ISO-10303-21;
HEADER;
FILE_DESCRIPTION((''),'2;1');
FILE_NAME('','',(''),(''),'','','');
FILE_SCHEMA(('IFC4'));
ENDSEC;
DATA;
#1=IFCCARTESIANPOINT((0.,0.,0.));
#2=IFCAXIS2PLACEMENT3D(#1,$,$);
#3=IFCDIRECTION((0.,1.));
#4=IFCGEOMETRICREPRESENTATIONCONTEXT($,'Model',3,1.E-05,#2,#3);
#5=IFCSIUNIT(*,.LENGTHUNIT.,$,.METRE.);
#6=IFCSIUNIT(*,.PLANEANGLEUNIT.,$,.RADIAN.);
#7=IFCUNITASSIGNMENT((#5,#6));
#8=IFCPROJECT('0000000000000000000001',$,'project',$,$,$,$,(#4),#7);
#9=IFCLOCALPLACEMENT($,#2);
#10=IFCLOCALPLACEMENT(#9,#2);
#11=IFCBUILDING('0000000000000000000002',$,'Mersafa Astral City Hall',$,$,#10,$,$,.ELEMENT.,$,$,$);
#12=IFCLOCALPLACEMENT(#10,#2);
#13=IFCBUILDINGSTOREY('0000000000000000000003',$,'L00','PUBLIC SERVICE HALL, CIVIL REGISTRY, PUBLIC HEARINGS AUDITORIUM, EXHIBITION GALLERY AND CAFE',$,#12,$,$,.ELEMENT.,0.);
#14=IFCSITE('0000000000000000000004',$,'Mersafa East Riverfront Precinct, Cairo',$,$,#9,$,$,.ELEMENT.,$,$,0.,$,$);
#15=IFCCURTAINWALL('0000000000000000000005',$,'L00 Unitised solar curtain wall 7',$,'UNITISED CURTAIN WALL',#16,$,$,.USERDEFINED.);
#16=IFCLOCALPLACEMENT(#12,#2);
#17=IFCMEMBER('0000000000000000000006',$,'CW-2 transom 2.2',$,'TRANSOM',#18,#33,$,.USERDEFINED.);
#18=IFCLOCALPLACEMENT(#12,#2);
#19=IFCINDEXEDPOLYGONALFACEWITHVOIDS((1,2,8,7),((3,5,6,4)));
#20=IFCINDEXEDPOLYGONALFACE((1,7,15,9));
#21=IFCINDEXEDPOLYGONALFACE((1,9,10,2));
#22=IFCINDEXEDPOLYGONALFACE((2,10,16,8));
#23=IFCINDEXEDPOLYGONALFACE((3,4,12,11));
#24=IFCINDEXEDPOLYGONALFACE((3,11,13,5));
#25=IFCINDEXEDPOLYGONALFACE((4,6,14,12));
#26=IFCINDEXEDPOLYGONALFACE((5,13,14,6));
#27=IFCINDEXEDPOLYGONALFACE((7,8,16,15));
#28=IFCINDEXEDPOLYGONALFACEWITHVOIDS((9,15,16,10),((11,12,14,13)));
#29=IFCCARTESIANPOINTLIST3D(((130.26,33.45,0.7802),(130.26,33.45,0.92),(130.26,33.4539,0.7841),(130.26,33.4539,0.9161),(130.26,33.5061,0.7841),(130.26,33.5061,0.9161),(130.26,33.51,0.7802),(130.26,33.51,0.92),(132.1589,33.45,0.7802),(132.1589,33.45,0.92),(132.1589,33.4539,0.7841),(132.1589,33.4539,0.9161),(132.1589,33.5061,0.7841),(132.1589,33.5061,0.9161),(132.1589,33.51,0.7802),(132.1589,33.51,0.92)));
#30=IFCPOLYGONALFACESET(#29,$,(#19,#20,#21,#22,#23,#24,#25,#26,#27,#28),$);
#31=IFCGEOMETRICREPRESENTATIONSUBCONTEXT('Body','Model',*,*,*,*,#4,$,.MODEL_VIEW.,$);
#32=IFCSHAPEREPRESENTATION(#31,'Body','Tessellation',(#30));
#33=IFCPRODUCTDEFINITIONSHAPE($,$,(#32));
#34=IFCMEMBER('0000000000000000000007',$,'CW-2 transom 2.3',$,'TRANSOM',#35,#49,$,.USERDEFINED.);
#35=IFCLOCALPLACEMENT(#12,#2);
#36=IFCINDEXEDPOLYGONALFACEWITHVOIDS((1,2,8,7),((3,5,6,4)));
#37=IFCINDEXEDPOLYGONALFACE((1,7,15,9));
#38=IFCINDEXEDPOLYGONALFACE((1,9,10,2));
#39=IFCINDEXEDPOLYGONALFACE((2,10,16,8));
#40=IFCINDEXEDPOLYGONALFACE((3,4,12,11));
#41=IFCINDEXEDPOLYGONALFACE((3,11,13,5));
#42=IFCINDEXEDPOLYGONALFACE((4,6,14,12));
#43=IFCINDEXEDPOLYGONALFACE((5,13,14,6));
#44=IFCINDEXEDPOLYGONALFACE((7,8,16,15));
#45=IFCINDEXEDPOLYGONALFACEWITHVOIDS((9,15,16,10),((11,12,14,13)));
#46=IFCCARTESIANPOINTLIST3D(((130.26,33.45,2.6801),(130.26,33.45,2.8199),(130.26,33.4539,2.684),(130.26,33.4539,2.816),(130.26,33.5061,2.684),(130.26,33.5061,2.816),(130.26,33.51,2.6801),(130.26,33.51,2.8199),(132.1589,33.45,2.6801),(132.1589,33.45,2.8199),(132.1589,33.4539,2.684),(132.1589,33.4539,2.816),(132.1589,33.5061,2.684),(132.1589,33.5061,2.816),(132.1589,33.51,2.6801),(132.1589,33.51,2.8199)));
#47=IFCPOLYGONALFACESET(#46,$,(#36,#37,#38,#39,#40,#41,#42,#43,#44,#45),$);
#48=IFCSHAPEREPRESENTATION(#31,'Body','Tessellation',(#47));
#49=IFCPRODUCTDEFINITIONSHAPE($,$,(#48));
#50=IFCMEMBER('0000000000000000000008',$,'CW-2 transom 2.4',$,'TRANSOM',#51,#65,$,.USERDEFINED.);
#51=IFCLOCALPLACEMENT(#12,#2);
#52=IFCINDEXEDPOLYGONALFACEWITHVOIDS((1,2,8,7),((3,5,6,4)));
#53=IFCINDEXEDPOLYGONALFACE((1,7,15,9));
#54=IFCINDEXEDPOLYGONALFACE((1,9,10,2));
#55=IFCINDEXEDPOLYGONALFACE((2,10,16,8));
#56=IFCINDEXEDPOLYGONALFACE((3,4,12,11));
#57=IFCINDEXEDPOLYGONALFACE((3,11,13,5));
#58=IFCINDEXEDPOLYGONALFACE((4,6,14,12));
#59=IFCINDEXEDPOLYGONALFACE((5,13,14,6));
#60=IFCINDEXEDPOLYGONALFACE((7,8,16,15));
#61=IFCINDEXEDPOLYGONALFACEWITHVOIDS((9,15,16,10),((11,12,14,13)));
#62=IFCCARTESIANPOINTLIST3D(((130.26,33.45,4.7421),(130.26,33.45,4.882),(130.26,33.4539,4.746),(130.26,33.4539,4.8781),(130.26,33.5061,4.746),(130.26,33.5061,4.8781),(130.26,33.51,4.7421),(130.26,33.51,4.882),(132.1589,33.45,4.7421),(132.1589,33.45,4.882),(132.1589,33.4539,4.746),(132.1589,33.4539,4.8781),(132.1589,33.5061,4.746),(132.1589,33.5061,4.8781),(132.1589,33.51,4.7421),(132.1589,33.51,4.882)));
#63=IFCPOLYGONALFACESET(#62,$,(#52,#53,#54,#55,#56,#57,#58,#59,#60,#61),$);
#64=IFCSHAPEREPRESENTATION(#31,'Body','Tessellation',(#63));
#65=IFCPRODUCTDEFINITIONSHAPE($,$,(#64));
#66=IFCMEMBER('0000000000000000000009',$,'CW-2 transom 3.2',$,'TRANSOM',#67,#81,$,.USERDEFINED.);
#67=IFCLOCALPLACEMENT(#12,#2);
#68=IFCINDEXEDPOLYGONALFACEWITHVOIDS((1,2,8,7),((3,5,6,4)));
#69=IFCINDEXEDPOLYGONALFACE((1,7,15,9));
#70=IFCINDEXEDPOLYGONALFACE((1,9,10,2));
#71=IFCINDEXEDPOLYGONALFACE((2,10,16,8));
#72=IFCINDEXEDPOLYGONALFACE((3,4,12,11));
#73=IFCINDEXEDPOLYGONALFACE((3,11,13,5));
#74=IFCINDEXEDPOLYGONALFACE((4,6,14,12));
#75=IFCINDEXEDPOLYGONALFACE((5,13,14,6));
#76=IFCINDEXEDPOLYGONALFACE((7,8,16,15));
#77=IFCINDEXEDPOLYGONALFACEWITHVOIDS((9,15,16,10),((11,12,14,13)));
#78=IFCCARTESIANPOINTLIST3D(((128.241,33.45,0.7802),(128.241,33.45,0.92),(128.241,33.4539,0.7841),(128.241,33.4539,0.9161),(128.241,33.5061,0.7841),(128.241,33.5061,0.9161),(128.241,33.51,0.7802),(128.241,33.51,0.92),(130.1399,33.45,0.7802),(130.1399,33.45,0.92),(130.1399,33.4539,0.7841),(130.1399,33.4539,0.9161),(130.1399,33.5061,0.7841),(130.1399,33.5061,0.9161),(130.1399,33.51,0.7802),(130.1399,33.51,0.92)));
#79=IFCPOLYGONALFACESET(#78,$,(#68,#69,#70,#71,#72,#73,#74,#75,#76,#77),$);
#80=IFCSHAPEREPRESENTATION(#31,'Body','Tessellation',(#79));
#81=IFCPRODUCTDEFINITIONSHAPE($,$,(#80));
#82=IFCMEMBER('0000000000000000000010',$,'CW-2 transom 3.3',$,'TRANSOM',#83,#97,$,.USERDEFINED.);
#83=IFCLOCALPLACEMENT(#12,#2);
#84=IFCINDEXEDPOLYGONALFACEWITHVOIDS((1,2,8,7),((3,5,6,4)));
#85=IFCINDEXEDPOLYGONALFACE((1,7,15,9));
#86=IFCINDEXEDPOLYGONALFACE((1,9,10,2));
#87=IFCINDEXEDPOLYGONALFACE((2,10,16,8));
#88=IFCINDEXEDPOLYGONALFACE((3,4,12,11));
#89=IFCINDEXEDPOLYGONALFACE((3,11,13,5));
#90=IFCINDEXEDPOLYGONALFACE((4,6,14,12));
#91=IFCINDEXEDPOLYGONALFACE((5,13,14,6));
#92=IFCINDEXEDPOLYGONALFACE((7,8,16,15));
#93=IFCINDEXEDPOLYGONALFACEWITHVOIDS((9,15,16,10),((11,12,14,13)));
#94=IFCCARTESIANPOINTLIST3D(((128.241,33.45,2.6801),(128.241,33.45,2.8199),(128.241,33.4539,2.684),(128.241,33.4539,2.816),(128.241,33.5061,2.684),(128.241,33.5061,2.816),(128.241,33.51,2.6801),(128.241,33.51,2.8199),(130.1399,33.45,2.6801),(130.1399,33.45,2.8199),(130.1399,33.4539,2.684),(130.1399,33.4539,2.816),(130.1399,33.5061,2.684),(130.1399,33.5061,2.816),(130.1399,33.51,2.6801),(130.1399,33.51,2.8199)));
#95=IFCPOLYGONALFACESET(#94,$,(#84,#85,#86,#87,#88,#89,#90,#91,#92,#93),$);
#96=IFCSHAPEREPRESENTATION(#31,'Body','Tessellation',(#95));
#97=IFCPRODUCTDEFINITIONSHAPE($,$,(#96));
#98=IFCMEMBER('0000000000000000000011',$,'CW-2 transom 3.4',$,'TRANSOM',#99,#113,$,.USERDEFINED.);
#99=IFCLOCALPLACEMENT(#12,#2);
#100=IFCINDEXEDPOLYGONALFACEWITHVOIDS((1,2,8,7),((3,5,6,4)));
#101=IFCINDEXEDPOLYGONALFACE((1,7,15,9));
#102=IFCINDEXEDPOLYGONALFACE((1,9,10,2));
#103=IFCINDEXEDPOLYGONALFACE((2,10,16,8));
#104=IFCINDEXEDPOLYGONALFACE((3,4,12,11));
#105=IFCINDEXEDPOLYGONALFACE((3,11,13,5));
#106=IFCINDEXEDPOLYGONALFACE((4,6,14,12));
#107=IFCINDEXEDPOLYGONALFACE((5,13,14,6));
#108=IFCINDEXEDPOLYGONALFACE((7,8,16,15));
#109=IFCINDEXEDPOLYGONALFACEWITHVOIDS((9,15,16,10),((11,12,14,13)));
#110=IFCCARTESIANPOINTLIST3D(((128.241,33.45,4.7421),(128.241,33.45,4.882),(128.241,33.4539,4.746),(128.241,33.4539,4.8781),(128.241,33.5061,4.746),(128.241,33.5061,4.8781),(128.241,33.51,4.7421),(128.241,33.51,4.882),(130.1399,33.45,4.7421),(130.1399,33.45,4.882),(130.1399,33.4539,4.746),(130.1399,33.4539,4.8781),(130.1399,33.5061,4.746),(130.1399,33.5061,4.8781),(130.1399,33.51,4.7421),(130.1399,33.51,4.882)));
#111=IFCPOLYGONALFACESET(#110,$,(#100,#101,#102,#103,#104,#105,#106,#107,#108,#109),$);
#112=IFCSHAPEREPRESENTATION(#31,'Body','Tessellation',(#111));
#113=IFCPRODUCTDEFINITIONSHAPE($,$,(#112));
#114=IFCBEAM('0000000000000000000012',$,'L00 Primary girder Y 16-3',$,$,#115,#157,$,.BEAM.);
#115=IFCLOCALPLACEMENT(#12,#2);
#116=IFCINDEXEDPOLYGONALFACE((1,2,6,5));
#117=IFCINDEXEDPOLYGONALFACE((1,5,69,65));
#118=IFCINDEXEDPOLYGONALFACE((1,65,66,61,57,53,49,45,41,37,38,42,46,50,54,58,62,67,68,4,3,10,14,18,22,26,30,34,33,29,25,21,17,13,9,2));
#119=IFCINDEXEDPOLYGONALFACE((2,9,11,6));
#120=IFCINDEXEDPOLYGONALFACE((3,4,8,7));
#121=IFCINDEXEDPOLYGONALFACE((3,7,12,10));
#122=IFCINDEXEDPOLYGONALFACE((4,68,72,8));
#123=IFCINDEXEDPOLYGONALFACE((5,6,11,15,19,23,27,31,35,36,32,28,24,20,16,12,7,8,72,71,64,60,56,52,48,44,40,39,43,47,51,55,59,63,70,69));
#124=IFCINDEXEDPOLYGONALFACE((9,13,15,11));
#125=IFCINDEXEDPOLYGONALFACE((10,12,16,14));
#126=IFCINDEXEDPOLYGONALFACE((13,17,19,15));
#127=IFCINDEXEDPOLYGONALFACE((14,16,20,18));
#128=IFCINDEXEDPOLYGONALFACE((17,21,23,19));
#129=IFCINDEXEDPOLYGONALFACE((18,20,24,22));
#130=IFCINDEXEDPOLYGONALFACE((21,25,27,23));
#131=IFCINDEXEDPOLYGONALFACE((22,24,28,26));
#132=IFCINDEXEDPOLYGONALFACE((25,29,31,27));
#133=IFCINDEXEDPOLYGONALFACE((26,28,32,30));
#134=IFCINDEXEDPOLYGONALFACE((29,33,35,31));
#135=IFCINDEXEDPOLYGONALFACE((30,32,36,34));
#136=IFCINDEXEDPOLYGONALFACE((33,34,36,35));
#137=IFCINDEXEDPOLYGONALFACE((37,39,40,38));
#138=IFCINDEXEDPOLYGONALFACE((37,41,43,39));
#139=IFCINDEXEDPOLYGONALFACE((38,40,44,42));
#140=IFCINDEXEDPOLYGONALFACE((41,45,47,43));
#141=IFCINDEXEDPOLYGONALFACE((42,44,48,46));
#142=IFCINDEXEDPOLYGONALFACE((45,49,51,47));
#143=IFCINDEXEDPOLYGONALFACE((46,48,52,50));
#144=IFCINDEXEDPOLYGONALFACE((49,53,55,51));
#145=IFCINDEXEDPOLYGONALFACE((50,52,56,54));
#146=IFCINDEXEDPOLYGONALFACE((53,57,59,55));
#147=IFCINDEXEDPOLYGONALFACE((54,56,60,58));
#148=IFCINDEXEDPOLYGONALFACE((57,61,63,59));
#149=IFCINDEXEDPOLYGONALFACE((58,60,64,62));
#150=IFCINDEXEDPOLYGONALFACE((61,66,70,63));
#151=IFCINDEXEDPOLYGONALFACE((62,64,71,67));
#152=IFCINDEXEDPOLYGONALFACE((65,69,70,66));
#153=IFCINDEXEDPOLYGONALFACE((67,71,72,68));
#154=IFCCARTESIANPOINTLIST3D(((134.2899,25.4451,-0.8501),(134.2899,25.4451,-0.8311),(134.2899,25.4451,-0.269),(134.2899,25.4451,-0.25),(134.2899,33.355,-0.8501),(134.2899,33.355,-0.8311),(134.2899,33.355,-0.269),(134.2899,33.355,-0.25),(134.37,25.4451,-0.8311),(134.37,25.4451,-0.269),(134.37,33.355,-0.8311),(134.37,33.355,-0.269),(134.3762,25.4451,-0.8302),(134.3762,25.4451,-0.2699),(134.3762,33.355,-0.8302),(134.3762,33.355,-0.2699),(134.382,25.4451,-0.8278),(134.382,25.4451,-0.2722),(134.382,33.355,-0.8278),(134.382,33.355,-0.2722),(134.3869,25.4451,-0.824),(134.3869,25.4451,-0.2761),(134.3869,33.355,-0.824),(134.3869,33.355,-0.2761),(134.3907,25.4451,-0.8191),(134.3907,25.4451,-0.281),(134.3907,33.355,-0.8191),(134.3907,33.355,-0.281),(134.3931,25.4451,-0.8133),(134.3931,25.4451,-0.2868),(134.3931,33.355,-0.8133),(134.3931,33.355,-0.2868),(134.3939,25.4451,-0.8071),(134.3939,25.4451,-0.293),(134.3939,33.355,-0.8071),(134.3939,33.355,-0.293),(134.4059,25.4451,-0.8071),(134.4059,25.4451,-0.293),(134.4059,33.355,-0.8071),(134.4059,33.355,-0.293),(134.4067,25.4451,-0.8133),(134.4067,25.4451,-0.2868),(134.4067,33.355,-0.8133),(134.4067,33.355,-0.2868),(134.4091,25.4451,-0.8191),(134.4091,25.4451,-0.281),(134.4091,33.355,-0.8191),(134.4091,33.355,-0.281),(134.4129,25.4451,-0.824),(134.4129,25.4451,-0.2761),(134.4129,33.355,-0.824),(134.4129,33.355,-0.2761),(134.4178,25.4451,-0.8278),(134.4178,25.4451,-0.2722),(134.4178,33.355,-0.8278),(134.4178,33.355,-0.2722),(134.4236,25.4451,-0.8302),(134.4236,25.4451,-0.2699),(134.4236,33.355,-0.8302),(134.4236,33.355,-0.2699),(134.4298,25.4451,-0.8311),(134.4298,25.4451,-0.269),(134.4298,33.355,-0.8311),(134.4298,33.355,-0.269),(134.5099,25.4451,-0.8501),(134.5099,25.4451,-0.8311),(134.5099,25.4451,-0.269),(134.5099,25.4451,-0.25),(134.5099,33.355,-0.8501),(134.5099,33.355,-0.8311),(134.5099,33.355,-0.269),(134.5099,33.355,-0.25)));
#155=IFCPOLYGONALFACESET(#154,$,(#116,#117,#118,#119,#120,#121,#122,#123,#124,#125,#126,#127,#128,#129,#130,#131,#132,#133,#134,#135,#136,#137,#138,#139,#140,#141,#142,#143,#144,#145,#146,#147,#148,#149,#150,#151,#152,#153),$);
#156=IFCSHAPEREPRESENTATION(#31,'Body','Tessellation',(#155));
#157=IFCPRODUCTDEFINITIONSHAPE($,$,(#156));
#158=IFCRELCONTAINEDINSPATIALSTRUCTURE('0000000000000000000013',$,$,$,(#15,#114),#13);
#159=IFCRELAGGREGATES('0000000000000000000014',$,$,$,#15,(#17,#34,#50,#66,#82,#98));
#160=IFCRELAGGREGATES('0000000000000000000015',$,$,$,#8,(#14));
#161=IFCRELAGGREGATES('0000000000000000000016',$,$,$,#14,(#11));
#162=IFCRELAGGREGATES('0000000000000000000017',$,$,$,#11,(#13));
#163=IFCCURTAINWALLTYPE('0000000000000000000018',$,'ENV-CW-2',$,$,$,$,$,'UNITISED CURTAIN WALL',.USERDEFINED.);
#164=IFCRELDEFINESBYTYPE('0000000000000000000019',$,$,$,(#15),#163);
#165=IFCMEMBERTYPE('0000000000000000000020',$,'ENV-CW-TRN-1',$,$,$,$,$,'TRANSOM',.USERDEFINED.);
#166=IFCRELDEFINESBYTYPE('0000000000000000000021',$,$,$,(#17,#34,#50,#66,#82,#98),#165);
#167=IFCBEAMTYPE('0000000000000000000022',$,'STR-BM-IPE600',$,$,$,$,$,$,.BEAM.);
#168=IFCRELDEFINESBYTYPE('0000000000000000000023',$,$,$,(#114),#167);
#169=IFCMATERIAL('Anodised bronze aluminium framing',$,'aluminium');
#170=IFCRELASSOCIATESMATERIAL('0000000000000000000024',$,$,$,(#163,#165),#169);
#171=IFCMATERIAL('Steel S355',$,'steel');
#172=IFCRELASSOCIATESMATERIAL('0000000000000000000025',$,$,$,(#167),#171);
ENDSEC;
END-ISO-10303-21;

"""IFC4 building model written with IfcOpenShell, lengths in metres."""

from ifc_helpers import new_model, si_unit, direction, frame, origin, origin_2d, place, context, subcontext, project, spatial, hollow_rectangle, i_section, extrude, material, material_profile, profile_set, type_object, element, aggregate, save


model = new_model("IFC4")

# Units and contexts
model_context = context("Model", 3, precision=1e-05, world=origin(), true_north=direction((0.0, 1.0)))
body_context = subcontext(model_context, "Body", "Model", "MODEL_VIEW")
ifc_project = project(units=[si_unit("LENGTHUNIT", "METRE"), si_unit("PLANEANGLEUNIT", "RADIAN")], contexts=[model_context])

# Site, building, storey
site_placement = place(None, origin())
site = spatial("IfcSite", under=ifc_project, at=site_placement, Name="Mersafa East Riverfront Precinct, Cairo", CompositionType="ELEMENT", RefElevation=0.0)
building_placement = place(site_placement, origin())
building = spatial("IfcBuilding", under=site, at=building_placement, Name="Mersafa Astral City Hall", CompositionType="ELEMENT")
storey_placement = place(building_placement, origin())
storey = spatial("IfcBuildingStorey", under=building, at=storey_placement, Name="L00", Description="PUBLIC SERVICE HALL, CIVIL REGISTRY, PUBLIC HEARINGS AUDITORIUM, EXHIBITION GALLERY AND CAFE", CompositionType="ELEMENT", Elevation=0.0)

# Shared definitions
ifc_material_1 = material(Name="Steel S355", Category="steel")

# Curtain wall, members
ifc_material_2 = material(Name="Anodised bronze aluminium framing", Category="aluminium")
curtain_wall_type = type_object("IfcCurtainWallType", Name="ENV-CW-2", ElementType="UNITISED CURTAIN WALL", PredefinedType="USERDEFINED", material=ifc_material_2)
curtain_wall_placement = place(storey_placement, origin())
curtain_wall = element("IfcCurtainWall", 1, at=curtain_wall_placement, inside=storey, type_object=curtain_wall_type, Name="L00 Unitised solar curtain wall 7", ObjectType="UNITISED CURTAIN WALL", PredefinedType="USERDEFINED")
ifc_material_profile_1 = material_profile(ifc_material_2, hollow_rectangle(XDim=0.0601, YDim=0.1399, WallThickness=0.0039, at=origin_2d()), Name="RHS 60x140x4")
ifc_profile_set_1 = profile_set([ifc_material_profile_1], Name="Anodised bronze aluminium framing")
member_type_1 = type_object("IfcMemberType", Name="ENV-CW-TRN-1", ElementType="TRANSOM", PredefinedType="USERDEFINED", material=ifc_profile_set_1)
member_1_placement = place(storey_placement, frame((132.1589, 33.48, 0.8501), z_axis=(-1.0, 0.0, 0.0), x_axis=(0.0, -1.0, 0.0)))
member_1 = element("IfcMember", 2, at=member_1_placement, type_object=member_type_1, Name="CW-2 transom 2.2", ObjectType="TRANSOM", PredefinedType="USERDEFINED", context=body_context, shape_type="SweptSolid", body=[
    extrude(hollow_rectangle(XDim=0.0601, YDim=0.1399, WallThickness=0.0039, at=origin_2d()), origin(), (0.0, 0.0, 1.0), 1.8989),
])
member_2_placement = place(storey_placement, frame((132.1589, 33.48, 2.75), z_axis=(-1.0, 0.0, 0.0), x_axis=(0.0, -1.0, 0.0)))
member_2 = element("IfcMember", 3, at=member_2_placement, type_object=member_type_1, Name="CW-2 transom 2.3", ObjectType="TRANSOM", PredefinedType="USERDEFINED", context=body_context, shape_type="SweptSolid", body=[
    extrude(hollow_rectangle(XDim=0.0601, YDim=0.1399, WallThickness=0.0039, at=origin_2d()), origin(), (0.0, 0.0, 1.0), 1.8989),
])
member_3_placement = place(storey_placement, frame((132.1589, 33.48, 4.812), z_axis=(-1.0, 0.0, 0.0), x_axis=(0.0, -1.0, 0.0)))
member_3 = element("IfcMember", 4, at=member_3_placement, type_object=member_type_1, Name="CW-2 transom 2.4", ObjectType="TRANSOM", PredefinedType="USERDEFINED", context=body_context, shape_type="SweptSolid", body=[
    extrude(hollow_rectangle(XDim=0.0601, YDim=0.1399, WallThickness=0.0039, at=origin_2d()), origin(), (0.0, 0.0, 1.0), 1.8989),
])
member_4_placement = place(storey_placement, frame((130.1399, 33.48, 0.8501), z_axis=(-1.0, 0.0, 0.0), x_axis=(0.0, -1.0, 0.0)))
member_4 = element("IfcMember", 5, at=member_4_placement, type_object=member_type_1, Name="CW-2 transom 3.2", ObjectType="TRANSOM", PredefinedType="USERDEFINED", context=body_context, shape_type="SweptSolid", body=[
    extrude(hollow_rectangle(XDim=0.0601, YDim=0.1399, WallThickness=0.0039, at=origin_2d()), origin(), (0.0, 0.0, 1.0), 1.8989),
])
member_5_placement = place(storey_placement, frame((130.1399, 33.48, 2.75), z_axis=(-1.0, 0.0, 0.0), x_axis=(0.0, -1.0, 0.0)))
member_5 = element("IfcMember", 6, at=member_5_placement, type_object=member_type_1, Name="CW-2 transom 3.3", ObjectType="TRANSOM", PredefinedType="USERDEFINED", context=body_context, shape_type="SweptSolid", body=[
    extrude(hollow_rectangle(XDim=0.0601, YDim=0.1399, WallThickness=0.0039, at=origin_2d()), origin(), (0.0, 0.0, 1.0), 1.8989),
])
member_6_placement = place(storey_placement, frame((130.1399, 33.48, 4.812), z_axis=(-1.0, 0.0, 0.0), x_axis=(0.0, -1.0, 0.0)))
member_6 = element("IfcMember", 7, at=member_6_placement, type_object=member_type_1, Name="CW-2 transom 3.4", ObjectType="TRANSOM", PredefinedType="USERDEFINED", context=body_context, shape_type="SweptSolid", body=[
    extrude(hollow_rectangle(XDim=0.0601, YDim=0.1399, WallThickness=0.0039, at=origin_2d()), origin(), (0.0, 0.0, 1.0), 1.8989),
])

# Beam
ifc_material_profile_2 = material_profile(ifc_material_1, i_section(OverallWidth=0.22, OverallDepth=0.6001, WebThickness=0.012, FlangeThickness=0.019, FilletRadius=0.0239, at=origin_2d()), Name="IPE 600")
ifc_profile_set_2 = profile_set([ifc_material_profile_2], Name="Steel S355")
beam_type_1 = type_object("IfcBeamType", Name="STR-BM-IPE600", PredefinedType="BEAM", material=ifc_profile_set_2)
beam_1_placement = place(storey_placement, frame((134.3999, 25.4451, -0.55), z_axis=(0.0, 1.0, 0.0), x_axis=(-1.0, 0.0, 0.0)))
element("IfcBeam", 8, at=beam_1_placement, inside=storey, type_object=beam_type_1, Name="L00 Primary girder Y 16-3", PredefinedType="BEAM", context=body_context, shape_type="SweptSolid", body=[
    extrude(i_section(OverallWidth=0.22, OverallDepth=0.6001, WebThickness=0.012, FlangeThickness=0.019, FilletRadius=0.0239, at=origin_2d()), origin(), (0.0, 0.0, 1.0), 7.9099),
])

aggregate(curtain_wall, [member_1, member_2, member_3, member_4, member_5, member_6])

save(model, "model.ifc")
